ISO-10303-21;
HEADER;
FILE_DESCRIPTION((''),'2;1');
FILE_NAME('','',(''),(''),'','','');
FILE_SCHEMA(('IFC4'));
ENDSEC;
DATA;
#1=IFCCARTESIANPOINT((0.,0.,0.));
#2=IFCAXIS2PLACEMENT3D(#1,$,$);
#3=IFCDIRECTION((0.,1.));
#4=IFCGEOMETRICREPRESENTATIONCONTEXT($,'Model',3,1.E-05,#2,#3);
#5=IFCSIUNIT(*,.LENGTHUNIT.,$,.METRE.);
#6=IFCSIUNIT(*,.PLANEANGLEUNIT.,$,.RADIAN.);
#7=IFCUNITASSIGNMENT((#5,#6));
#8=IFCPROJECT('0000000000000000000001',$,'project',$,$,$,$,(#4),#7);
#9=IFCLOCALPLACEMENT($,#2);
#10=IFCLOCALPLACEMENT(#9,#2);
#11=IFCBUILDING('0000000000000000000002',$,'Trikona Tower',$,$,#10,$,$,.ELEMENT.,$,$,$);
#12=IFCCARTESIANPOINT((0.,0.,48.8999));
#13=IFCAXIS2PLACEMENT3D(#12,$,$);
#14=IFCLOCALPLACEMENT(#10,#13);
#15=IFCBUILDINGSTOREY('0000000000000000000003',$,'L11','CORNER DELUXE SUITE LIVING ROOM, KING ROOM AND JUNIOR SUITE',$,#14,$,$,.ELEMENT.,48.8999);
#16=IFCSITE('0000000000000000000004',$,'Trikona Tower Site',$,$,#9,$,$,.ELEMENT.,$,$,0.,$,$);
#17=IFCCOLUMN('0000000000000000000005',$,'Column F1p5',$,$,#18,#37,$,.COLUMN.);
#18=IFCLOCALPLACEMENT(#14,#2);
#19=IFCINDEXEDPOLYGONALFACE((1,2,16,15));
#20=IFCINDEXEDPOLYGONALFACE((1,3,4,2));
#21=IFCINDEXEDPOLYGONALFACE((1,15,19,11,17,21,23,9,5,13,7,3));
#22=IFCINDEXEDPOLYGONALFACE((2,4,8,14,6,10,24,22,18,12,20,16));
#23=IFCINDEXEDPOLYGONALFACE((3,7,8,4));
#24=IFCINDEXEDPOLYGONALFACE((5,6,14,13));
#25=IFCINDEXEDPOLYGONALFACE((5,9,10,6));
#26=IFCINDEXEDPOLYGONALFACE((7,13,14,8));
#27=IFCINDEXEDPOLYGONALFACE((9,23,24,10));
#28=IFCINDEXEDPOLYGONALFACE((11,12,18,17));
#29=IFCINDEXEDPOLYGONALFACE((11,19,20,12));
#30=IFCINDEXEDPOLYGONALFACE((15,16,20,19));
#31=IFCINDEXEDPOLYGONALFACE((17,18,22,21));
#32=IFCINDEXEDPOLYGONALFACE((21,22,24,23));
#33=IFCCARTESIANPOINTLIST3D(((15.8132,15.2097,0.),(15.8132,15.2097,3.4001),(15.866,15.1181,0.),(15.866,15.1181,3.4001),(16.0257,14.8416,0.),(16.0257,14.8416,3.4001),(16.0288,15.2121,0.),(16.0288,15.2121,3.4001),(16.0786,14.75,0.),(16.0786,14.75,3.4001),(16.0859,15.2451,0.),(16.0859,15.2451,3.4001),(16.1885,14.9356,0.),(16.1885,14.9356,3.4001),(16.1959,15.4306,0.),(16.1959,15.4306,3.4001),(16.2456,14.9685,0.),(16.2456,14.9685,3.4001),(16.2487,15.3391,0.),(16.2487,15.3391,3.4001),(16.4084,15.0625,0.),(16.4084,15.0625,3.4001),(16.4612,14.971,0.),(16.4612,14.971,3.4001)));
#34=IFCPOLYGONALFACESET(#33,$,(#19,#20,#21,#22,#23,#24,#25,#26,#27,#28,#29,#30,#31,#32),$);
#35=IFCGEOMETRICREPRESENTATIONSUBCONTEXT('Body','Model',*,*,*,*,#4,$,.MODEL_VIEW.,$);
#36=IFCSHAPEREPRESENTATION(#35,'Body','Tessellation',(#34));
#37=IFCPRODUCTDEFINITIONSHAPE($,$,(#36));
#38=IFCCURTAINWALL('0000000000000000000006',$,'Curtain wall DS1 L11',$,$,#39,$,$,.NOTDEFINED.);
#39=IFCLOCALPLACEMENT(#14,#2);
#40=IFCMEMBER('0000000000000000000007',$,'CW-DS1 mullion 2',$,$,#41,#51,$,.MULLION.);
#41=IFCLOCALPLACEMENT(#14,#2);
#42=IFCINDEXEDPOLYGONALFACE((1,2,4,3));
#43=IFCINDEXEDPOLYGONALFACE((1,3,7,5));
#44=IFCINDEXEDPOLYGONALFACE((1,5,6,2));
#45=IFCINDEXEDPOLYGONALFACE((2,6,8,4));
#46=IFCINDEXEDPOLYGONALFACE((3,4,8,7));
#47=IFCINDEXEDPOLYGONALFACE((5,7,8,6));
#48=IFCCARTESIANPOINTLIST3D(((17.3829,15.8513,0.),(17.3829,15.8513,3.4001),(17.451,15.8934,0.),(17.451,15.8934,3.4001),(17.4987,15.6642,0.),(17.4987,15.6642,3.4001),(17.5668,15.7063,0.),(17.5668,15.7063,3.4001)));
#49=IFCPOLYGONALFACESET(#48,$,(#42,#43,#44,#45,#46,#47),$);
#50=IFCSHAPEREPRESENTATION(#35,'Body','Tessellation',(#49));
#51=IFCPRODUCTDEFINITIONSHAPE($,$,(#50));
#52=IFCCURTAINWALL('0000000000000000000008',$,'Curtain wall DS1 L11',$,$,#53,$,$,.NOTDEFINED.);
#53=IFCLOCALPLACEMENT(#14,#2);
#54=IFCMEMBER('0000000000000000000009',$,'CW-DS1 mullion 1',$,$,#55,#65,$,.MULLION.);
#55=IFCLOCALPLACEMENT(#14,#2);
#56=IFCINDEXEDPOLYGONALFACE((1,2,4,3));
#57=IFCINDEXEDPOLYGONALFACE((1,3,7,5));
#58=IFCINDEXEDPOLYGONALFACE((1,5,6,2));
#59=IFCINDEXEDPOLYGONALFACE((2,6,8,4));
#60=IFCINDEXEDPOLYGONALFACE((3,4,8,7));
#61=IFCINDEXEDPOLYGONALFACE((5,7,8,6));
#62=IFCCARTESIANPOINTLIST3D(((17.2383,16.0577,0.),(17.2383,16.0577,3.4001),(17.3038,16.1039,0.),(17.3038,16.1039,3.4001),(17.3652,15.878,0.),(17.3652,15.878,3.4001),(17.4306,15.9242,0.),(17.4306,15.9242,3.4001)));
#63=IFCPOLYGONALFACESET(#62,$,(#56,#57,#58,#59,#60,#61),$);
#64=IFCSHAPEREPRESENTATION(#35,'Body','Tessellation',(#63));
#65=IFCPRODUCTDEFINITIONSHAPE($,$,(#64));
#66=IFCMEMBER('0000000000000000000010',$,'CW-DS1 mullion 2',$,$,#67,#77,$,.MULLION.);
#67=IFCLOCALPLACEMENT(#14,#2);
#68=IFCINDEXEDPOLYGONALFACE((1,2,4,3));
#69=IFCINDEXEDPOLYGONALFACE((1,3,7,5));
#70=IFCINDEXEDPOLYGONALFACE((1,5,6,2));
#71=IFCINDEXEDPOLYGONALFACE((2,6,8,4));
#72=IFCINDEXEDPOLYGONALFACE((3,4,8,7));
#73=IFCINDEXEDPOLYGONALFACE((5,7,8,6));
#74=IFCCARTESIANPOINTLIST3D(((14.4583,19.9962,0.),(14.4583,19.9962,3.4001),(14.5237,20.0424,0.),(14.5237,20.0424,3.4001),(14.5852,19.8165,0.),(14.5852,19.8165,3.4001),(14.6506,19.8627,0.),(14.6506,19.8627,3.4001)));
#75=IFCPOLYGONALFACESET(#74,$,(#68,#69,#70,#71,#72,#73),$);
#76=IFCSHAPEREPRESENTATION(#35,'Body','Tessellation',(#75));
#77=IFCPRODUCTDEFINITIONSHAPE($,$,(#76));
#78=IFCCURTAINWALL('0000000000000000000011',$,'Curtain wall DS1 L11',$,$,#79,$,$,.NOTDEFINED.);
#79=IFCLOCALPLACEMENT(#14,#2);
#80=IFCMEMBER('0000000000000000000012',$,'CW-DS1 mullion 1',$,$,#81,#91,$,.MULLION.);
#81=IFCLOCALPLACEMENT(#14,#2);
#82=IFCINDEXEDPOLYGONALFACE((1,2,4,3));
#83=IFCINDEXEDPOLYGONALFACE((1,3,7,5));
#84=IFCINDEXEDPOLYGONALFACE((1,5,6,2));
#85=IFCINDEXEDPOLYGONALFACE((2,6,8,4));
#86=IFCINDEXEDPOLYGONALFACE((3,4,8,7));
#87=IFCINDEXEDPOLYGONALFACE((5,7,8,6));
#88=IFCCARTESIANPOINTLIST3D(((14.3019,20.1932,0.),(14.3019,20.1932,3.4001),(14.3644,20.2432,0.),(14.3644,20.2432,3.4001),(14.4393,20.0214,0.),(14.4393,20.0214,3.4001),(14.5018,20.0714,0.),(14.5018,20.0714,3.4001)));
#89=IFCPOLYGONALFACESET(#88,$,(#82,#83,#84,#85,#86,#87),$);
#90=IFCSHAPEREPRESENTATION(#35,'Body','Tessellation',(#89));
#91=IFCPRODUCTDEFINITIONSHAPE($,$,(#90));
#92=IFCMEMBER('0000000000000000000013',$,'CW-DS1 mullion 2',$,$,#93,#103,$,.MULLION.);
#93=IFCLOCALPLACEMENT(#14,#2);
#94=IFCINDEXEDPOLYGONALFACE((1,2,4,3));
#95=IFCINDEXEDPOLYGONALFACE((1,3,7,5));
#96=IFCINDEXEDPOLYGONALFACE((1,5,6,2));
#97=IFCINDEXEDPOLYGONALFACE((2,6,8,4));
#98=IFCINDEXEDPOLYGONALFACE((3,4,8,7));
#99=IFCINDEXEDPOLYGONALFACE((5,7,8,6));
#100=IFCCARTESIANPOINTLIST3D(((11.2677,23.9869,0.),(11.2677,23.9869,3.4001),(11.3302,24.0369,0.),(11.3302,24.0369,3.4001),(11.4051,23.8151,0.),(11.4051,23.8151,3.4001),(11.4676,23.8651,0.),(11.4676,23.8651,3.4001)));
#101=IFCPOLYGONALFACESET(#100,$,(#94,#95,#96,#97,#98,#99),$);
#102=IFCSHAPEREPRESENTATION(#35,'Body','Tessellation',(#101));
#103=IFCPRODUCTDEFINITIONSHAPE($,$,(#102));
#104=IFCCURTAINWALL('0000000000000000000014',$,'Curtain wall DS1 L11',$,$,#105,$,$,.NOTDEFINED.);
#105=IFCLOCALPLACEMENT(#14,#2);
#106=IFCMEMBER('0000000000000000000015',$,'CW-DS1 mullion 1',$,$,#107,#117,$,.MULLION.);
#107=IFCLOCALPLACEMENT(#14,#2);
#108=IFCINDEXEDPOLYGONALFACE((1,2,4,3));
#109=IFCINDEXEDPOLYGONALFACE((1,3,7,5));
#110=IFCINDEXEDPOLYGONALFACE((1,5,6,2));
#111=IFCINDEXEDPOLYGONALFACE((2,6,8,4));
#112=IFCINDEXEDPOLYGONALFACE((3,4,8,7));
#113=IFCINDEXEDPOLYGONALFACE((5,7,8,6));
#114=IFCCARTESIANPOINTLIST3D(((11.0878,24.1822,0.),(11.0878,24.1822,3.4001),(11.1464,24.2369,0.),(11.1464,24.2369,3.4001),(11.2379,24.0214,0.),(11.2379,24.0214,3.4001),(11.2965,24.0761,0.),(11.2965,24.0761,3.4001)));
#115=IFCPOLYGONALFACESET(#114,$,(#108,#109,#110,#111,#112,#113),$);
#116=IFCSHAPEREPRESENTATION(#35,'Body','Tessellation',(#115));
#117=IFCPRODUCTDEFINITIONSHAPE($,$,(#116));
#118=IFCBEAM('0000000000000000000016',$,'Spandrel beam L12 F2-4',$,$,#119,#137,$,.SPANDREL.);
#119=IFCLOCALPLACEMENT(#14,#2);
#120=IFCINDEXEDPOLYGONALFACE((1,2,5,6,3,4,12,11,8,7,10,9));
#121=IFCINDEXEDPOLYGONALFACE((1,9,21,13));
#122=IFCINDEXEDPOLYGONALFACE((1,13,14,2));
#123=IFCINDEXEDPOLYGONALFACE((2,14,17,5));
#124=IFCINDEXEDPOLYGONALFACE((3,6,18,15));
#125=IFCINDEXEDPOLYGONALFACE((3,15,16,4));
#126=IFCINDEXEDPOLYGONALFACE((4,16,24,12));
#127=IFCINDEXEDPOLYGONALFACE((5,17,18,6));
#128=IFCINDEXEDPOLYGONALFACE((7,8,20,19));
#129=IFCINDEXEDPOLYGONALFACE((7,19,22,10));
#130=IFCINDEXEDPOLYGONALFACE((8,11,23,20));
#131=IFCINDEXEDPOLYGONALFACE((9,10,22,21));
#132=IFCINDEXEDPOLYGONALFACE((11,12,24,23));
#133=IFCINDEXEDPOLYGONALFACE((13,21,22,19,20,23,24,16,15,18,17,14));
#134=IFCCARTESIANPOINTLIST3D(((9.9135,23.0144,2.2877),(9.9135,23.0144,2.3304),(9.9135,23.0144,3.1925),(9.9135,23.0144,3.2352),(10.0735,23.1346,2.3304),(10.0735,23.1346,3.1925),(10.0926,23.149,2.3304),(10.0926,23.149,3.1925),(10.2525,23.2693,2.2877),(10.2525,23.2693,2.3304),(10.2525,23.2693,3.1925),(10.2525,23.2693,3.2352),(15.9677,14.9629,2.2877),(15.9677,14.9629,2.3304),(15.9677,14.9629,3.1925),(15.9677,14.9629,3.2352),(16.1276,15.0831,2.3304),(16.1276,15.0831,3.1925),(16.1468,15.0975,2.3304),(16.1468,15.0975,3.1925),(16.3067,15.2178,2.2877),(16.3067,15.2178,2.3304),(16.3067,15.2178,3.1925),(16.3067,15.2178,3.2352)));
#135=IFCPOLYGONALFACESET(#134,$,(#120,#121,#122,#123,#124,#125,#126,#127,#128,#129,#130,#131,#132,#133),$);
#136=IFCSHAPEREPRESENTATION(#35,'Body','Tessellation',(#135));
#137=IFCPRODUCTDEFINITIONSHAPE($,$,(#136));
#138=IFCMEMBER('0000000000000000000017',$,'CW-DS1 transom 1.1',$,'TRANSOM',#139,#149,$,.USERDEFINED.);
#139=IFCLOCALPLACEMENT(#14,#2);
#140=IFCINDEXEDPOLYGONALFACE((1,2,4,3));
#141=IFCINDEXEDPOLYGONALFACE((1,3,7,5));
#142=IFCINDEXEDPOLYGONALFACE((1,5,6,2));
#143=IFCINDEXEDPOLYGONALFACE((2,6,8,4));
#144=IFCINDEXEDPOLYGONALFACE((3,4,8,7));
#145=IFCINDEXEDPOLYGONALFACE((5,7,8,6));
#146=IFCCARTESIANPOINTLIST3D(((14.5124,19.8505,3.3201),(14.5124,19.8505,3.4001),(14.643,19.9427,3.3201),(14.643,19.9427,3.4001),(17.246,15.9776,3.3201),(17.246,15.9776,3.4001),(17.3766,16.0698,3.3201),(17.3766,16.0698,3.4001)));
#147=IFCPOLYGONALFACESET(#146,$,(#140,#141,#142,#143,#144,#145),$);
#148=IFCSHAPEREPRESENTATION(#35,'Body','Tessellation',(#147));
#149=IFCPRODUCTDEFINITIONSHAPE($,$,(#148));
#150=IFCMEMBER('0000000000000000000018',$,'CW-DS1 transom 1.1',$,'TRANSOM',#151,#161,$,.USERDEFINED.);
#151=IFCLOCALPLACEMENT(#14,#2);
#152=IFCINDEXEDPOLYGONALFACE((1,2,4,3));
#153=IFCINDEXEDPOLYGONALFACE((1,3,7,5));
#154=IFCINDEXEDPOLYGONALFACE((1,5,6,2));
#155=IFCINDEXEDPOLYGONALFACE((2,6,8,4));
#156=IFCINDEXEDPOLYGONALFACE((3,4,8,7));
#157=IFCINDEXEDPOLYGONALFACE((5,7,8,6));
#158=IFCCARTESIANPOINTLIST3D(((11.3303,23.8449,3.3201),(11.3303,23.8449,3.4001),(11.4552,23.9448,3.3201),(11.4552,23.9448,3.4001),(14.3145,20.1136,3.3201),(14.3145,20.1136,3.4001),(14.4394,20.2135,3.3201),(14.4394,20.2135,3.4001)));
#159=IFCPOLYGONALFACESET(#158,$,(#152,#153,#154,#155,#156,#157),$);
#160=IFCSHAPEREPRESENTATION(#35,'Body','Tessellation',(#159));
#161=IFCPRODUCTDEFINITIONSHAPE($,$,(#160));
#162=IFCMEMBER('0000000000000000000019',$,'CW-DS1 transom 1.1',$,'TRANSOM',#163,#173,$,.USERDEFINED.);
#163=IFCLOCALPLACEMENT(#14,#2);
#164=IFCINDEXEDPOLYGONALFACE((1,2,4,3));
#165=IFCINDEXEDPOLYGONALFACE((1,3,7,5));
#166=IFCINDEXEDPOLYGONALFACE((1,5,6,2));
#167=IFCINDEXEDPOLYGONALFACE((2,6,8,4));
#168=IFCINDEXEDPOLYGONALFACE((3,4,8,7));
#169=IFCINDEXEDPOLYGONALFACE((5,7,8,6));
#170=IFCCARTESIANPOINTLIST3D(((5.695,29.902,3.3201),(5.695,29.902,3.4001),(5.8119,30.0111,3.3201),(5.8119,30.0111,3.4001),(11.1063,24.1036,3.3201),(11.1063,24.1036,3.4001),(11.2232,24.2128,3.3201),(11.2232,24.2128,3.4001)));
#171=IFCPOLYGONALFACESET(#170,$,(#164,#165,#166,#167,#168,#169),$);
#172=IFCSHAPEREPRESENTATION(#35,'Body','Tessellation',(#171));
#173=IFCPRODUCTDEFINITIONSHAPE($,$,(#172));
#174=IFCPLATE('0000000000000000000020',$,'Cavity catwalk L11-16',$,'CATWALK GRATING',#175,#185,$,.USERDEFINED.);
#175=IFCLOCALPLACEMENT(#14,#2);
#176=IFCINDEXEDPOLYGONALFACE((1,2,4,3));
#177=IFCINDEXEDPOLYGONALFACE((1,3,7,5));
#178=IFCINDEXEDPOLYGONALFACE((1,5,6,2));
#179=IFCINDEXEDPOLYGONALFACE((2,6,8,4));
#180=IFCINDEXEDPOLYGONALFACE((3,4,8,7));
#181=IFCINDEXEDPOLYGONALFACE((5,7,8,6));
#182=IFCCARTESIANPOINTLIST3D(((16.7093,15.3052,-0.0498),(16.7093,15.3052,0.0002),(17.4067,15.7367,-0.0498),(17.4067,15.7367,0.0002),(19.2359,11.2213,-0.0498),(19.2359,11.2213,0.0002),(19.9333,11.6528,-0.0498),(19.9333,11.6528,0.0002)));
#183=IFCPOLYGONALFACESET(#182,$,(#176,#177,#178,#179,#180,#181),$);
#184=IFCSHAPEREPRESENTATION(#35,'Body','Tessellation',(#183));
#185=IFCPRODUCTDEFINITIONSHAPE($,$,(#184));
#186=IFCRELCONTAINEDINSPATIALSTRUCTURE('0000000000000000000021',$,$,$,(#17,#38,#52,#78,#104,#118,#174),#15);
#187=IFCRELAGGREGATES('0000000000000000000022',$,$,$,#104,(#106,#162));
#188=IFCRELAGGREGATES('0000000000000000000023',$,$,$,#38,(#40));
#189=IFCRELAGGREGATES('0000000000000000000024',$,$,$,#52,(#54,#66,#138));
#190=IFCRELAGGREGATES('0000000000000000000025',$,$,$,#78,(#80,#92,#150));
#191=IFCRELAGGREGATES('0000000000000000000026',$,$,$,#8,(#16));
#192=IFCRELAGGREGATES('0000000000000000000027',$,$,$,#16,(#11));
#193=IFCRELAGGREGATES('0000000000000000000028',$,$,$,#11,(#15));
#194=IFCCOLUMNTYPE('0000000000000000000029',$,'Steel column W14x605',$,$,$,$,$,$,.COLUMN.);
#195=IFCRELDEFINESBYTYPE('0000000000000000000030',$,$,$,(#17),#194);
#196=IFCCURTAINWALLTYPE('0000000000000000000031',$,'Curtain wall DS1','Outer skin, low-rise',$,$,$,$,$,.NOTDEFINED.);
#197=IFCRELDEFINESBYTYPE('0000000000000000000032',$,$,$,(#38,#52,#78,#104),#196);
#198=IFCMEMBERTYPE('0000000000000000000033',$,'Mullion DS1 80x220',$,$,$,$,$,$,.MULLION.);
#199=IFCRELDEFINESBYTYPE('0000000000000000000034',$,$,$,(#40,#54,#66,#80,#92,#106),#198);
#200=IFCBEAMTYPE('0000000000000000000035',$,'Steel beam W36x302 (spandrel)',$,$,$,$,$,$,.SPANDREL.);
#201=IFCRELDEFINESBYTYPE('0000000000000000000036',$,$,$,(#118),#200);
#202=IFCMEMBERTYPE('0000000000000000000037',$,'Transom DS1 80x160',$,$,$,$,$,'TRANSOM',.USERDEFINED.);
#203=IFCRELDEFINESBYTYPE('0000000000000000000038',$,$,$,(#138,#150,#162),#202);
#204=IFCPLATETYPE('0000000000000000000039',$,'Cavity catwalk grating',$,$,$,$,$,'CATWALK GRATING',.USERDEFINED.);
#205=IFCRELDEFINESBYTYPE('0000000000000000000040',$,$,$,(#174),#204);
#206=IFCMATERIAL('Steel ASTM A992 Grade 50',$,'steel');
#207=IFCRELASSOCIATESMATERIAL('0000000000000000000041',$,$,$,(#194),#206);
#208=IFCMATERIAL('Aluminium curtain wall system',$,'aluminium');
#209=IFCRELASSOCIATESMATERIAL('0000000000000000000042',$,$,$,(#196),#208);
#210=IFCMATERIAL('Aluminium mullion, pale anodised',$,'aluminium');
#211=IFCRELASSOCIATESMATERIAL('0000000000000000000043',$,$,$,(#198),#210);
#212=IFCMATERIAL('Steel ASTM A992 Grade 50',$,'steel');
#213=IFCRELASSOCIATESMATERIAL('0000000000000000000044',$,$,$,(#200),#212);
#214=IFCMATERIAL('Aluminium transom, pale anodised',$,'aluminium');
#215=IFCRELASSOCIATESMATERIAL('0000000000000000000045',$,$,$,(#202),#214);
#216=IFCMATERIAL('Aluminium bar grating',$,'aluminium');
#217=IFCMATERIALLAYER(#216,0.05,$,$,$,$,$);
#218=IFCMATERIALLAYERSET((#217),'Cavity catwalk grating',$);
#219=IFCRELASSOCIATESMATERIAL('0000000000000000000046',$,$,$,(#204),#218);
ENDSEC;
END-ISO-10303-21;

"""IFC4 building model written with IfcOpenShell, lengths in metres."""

from ifc_helpers import new_model, si_unit, direction, frame, origin, origin_2d, place, context, subcontext, project, spatial, rectangle, i_section, extrude, material, layer, layer_set, material_profile, profile_set, type_object, element, aggregate, save


model = new_model("IFC4")

# Units and contexts
model_context = context("Model", 3, precision=1e-05, world=origin(), true_north=direction((0.0, 1.0)))
body_context = subcontext(model_context, "Body", "Model", "MODEL_VIEW")
ifc_project = project(units=[si_unit("LENGTHUNIT", "METRE"), si_unit("PLANEANGLEUNIT", "RADIAN")], contexts=[model_context])

# Site, building, storey
site_placement = place(None, origin())
site = spatial("IfcSite", under=ifc_project, at=site_placement, Name="Trikona Tower Site", CompositionType="ELEMENT", RefElevation=0.0)
building_placement = place(site_placement, origin())
building = spatial("IfcBuilding", under=site, at=building_placement, Name="Trikona Tower", CompositionType="ELEMENT")
storey_placement = place(building_placement, frame((0.0, 0.0, 48.8999)))
storey = spatial("IfcBuildingStorey", under=building, at=storey_placement, Name="L11", Description="CORNER DELUXE SUITE LIVING ROOM, KING ROOM AND JUNIOR SUITE", CompositionType="ELEMENT", Elevation=48.8999)

# Column
ifc_material_1 = material(Name="Steel ASTM A992 Grade 50", Category="steel")
ifc_material_profile_1 = material_profile(ifc_material_1, i_section(OverallWidth=0.4419, OverallDepth=0.5308, WebThickness=0.0659, FlangeThickness=0.1057, at=origin_2d()), Name="W14X605")
ifc_profile_set_1 = profile_set([ifc_material_profile_1], Name="Steel ASTM A992 Grade 50")
column_type = type_object("IfcColumnType", Name="Steel column W14x605", PredefinedType="COLUMN", material=ifc_profile_set_1)
column_placement = place(storey_placement, frame((16.1372, 15.0903, 0.0), z_axis=(0.0, 0.0, 1.0), x_axis=(0.866025, 0.5, 0.0)))
element("IfcColumn", 1, at=column_placement, inside=storey, type_object=column_type, Name="Column F1p5", PredefinedType="COLUMN", context=body_context, shape_type="SweptSolid", body=[
    extrude(i_section(OverallWidth=0.4419, OverallDepth=0.5308, WebThickness=0.0659, FlangeThickness=0.1057, at=origin_2d()), origin(), (0.0, 0.0, 1.0), 3.4001),
])

# Curtain wall, member
ifc_material_2 = material(Name="Aluminium curtain wall system", Category="aluminium")
curtain_wall_type = type_object("IfcCurtainWallType", Name="Curtain wall DS1", Description="Outer skin, low-rise", PredefinedType="NOTDEFINED", material=ifc_material_2)
curtain_wall_1_placement = place(storey_placement, origin())
curtain_wall_1 = element("IfcCurtainWall", 2, at=curtain_wall_1_placement, inside=storey, type_object=curtain_wall_type, Name="Curtain wall DS1 L11", PredefinedType="NOTDEFINED")
ifc_material_3 = material(Name="Aluminium mullion, pale anodised", Category="aluminium")
ifc_material_profile_2 = material_profile(ifc_material_3, rectangle(XDim=0.0801, YDim=0.22, at=origin_2d()), Name="MUL-DS1")
ifc_profile_set_2 = profile_set([ifc_material_profile_2], Name="Aluminium mullion, pale anodised")
member_type_1 = type_object("IfcMemberType", Name="Mullion DS1 80x220", PredefinedType="MULLION", material=ifc_profile_set_2)
member_1_placement = place(storey_placement, frame((17.4749, 15.7788, 0.0), z_axis=(0.0, 0.0, 1.0), x_axis=(-0.85041, -0.52612, 0.0)))
member_1 = element("IfcMember", 3, at=member_1_placement, type_object=member_type_1, Name="CW-DS1 mullion 2", PredefinedType="MULLION", context=body_context, shape_type="SweptSolid", body=[
    extrude(rectangle(XDim=0.0801, YDim=0.22, at=origin_2d()), origin(), (0.0, 0.0, 1.0), 3.4001),
])

# Curtain walls, members
curtain_wall_2_placement = place(storey_placement, origin())
curtain_wall_2 = element("IfcCurtainWall", 4, at=curtain_wall_2_placement, inside=storey, type_object=curtain_wall_type, Name="Curtain wall DS1 L11", PredefinedType="NOTDEFINED")
member_2_placement = place(storey_placement, frame((17.3345, 15.991, 0.0), z_axis=(0.0, 0.0, 1.0), x_axis=(-0.816985, -0.576658, 0.0)))
member_2 = element("IfcMember", 5, at=member_2_placement, type_object=member_type_1, Name="CW-DS1 mullion 1", PredefinedType="MULLION", context=body_context, shape_type="SweptSolid", body=[
    extrude(rectangle(XDim=0.0801, YDim=0.22, at=origin_2d()), origin(), (0.0, 0.0, 1.0), 3.4001),
])
member_3_placement = place(storey_placement, frame((14.5544, 19.9294, 0.0), z_axis=(0.0, 0.0, 1.0), x_axis=(-0.816985, -0.576658, 0.0)))
member_3 = element("IfcMember", 6, at=member_3_placement, type_object=member_type_1, Name="CW-DS1 mullion 2", PredefinedType="MULLION", context=body_context, shape_type="SweptSolid", body=[
    extrude(rectangle(XDim=0.0801, YDim=0.22, at=origin_2d()), origin(), (0.0, 0.0, 1.0), 3.4001),
])
curtain_wall_3_placement = place(storey_placement, origin())
curtain_wall_3 = element("IfcCurtainWall", 7, at=curtain_wall_3_placement, inside=storey, type_object=curtain_wall_type, Name="Curtain wall DS1 L11", PredefinedType="NOTDEFINED")
member_4_placement = place(storey_placement, frame((14.4019, 20.1323, 0.0), z_axis=(0.0, 0.0, 1.0), x_axis=(-0.780938, -0.624609, 0.0)))
member_4 = element("IfcMember", 8, at=member_4_placement, type_object=member_type_1, Name="CW-DS1 mullion 1", PredefinedType="MULLION", context=body_context, shape_type="SweptSolid", body=[
    extrude(rectangle(XDim=0.0801, YDim=0.22, at=origin_2d()), origin(), (0.0, 0.0, 1.0), 3.4001),
])
member_5_placement = place(storey_placement, frame((11.3677, 23.926, 0.0), z_axis=(0.0, 0.0, 1.0), x_axis=(-0.780938, -0.624609, 0.0)))
member_5 = element("IfcMember", 9, at=member_5_placement, type_object=member_type_1, Name="CW-DS1 mullion 2", PredefinedType="MULLION", context=body_context, shape_type="SweptSolid", body=[
    extrude(rectangle(XDim=0.0801, YDim=0.22, at=origin_2d()), origin(), (0.0, 0.0, 1.0), 3.4001),
])

# Curtain wall, member
curtain_wall_4_placement = place(storey_placement, origin())
curtain_wall_4 = element("IfcCurtainWall", 10, at=curtain_wall_4_placement, inside=storey, type_object=curtain_wall_type, Name="Curtain wall DS1 L11", PredefinedType="NOTDEFINED")
member_6_placement = place(storey_placement, frame((11.1921, 24.1292, 0.0), z_axis=(0.0, 0.0, 1.0), x_axis=(-0.731077, -0.682295, 0.0)))
member_6 = element("IfcMember", 11, at=member_6_placement, type_object=member_type_1, Name="CW-DS1 mullion 1", PredefinedType="MULLION", context=body_context, shape_type="SweptSolid", body=[
    extrude(rectangle(XDim=0.0801, YDim=0.22, at=origin_2d()), origin(), (0.0, 0.0, 1.0), 3.4001),
])

# Beam
ifc_material_4 = material(Name="Steel ASTM A992 Grade 50", Category="steel")
ifc_material_profile_3 = material_profile(ifc_material_4, i_section(OverallWidth=0.4241, OverallDepth=0.9475, WebThickness=0.0239, FlangeThickness=0.0427, at=origin_2d()), Name="W36X302")
ifc_profile_set_3 = profile_set([ifc_material_profile_3], Name="Steel ASTM A992 Grade 50")
beam_type = type_object("IfcBeamType", Name="Steel beam W36x302 (spandrel)", PredefinedType="SPANDREL", material=ifc_profile_set_3)
beam_placement = place(storey_placement, frame((16.1372, 15.0903, 2.7615), z_axis=(-0.600988, 0.799258, 0.0), x_axis=(-0.799258, -0.600988, 0.0)))
element("IfcBeam", 12, at=beam_placement, inside=storey, type_object=beam_type, Name="Spandrel beam L12 F2-4", PredefinedType="SPANDREL", context=body_context, shape_type="SweptSolid", body=[
    extrude(i_section(OverallWidth=0.4241, OverallDepth=0.9475, WebThickness=0.0239, FlangeThickness=0.0427, at=origin_2d()), origin(), (0.0, 0.0, 1.0), 10.0737),
])

# Members
ifc_material_5 = material(Name="Aluminium transom, pale anodised", Category="aluminium")
ifc_material_profile_4 = material_profile(ifc_material_5, rectangle(XDim=0.1599, YDim=0.0801, at=origin_2d()), Name="TRN-DS1")
ifc_profile_set_4 = profile_set([ifc_material_profile_4], Name="Aluminium transom, pale anodised")
member_type_2 = type_object("IfcMemberType", Name="Transom DS1 80x160", ElementType="TRANSOM", PredefinedType="USERDEFINED", material=ifc_profile_set_4)
member_7_placement = place(storey_placement, frame((17.3113, 16.0237, 3.3601), z_axis=(-0.576645, 0.816995, 0.0), x_axis=(-0.816995, -0.576645, 0.0)))
member_7 = element("IfcMember", 13, at=member_7_placement, type_object=member_type_2, Name="CW-DS1 transom 1.1", ObjectType="TRANSOM", PredefinedType="USERDEFINED", context=body_context, shape_type="SweptSolid", body=[
    extrude(rectangle(XDim=0.1599, YDim=0.0801, at=origin_2d()), origin(), (0.0, 0.0, 1.0), 4.7405),
])
member_8_placement = place(storey_placement, frame((14.377, 20.1636, 3.3601), z_axis=(-0.624589, 0.780954, 0.0), x_axis=(-0.780954, -0.624589, 0.0)))
member_8 = element("IfcMember", 14, at=member_8_placement, type_object=member_type_2, Name="CW-DS1 transom 1.1", ObjectType="TRANSOM", PredefinedType="USERDEFINED", context=body_context, shape_type="SweptSolid", body=[
    extrude(rectangle(XDim=0.1599, YDim=0.0801, at=origin_2d()), origin(), (0.0, 0.0, 1.0), 4.7778),
])
member_9_placement = place(storey_placement, frame((11.1648, 24.1582, 3.3601), z_axis=(-0.682291, 0.731081, 0.0), x_axis=(-0.731081, -0.682291, 0.0)))
member_9 = element("IfcMember", 15, at=member_9_placement, type_object=member_type_2, Name="CW-DS1 transom 1.1", ObjectType="TRANSOM", PredefinedType="USERDEFINED", context=body_context, shape_type="SweptSolid", body=[
    extrude(rectangle(XDim=0.1599, YDim=0.0801, at=origin_2d()), origin(), (0.0, 0.0, 1.0), 7.9312),
])
aggregate(curtain_wall_4, [member_6, member_9])

# Plate
ifc_material_6 = material(Name="Aluminium bar grating", Category="aluminium")
ifc_layer_1 = layer(ifc_material_6, 0.05)
ifc_layer_set_1 = layer_set([ifc_layer_1], Name="Cavity catwalk grating")
plate_type_1 = type_object("IfcPlateType", Name="Cavity catwalk grating", ElementType="CATWALK GRATING", PredefinedType="USERDEFINED", material=ifc_layer_set_1)
plate_1_placement = place(storey_placement, frame((18.3213, 13.479, -0.0498), z_axis=(0.0, 0.0, 1.0), x_axis=(-0.526119, 0.850411, 0.0)))
element("IfcPlate", 16, at=plate_1_placement, inside=storey, type_object=plate_type_1, Name="Cavity catwalk L11-16", ObjectType="CATWALK GRATING", PredefinedType="USERDEFINED", context=body_context, shape_type="SweptSolid", body=[
    extrude(rectangle(XDim=4.8022, YDim=0.8201, at=origin_2d()), origin(), (0.0, 0.0, 1.0), 0.05),
])

aggregate(curtain_wall_1, [member_1])
aggregate(curtain_wall_2, [member_2, member_3, member_7])
aggregate(curtain_wall_3, [member_4, member_5, member_8])

save(model, "model.ifc")
